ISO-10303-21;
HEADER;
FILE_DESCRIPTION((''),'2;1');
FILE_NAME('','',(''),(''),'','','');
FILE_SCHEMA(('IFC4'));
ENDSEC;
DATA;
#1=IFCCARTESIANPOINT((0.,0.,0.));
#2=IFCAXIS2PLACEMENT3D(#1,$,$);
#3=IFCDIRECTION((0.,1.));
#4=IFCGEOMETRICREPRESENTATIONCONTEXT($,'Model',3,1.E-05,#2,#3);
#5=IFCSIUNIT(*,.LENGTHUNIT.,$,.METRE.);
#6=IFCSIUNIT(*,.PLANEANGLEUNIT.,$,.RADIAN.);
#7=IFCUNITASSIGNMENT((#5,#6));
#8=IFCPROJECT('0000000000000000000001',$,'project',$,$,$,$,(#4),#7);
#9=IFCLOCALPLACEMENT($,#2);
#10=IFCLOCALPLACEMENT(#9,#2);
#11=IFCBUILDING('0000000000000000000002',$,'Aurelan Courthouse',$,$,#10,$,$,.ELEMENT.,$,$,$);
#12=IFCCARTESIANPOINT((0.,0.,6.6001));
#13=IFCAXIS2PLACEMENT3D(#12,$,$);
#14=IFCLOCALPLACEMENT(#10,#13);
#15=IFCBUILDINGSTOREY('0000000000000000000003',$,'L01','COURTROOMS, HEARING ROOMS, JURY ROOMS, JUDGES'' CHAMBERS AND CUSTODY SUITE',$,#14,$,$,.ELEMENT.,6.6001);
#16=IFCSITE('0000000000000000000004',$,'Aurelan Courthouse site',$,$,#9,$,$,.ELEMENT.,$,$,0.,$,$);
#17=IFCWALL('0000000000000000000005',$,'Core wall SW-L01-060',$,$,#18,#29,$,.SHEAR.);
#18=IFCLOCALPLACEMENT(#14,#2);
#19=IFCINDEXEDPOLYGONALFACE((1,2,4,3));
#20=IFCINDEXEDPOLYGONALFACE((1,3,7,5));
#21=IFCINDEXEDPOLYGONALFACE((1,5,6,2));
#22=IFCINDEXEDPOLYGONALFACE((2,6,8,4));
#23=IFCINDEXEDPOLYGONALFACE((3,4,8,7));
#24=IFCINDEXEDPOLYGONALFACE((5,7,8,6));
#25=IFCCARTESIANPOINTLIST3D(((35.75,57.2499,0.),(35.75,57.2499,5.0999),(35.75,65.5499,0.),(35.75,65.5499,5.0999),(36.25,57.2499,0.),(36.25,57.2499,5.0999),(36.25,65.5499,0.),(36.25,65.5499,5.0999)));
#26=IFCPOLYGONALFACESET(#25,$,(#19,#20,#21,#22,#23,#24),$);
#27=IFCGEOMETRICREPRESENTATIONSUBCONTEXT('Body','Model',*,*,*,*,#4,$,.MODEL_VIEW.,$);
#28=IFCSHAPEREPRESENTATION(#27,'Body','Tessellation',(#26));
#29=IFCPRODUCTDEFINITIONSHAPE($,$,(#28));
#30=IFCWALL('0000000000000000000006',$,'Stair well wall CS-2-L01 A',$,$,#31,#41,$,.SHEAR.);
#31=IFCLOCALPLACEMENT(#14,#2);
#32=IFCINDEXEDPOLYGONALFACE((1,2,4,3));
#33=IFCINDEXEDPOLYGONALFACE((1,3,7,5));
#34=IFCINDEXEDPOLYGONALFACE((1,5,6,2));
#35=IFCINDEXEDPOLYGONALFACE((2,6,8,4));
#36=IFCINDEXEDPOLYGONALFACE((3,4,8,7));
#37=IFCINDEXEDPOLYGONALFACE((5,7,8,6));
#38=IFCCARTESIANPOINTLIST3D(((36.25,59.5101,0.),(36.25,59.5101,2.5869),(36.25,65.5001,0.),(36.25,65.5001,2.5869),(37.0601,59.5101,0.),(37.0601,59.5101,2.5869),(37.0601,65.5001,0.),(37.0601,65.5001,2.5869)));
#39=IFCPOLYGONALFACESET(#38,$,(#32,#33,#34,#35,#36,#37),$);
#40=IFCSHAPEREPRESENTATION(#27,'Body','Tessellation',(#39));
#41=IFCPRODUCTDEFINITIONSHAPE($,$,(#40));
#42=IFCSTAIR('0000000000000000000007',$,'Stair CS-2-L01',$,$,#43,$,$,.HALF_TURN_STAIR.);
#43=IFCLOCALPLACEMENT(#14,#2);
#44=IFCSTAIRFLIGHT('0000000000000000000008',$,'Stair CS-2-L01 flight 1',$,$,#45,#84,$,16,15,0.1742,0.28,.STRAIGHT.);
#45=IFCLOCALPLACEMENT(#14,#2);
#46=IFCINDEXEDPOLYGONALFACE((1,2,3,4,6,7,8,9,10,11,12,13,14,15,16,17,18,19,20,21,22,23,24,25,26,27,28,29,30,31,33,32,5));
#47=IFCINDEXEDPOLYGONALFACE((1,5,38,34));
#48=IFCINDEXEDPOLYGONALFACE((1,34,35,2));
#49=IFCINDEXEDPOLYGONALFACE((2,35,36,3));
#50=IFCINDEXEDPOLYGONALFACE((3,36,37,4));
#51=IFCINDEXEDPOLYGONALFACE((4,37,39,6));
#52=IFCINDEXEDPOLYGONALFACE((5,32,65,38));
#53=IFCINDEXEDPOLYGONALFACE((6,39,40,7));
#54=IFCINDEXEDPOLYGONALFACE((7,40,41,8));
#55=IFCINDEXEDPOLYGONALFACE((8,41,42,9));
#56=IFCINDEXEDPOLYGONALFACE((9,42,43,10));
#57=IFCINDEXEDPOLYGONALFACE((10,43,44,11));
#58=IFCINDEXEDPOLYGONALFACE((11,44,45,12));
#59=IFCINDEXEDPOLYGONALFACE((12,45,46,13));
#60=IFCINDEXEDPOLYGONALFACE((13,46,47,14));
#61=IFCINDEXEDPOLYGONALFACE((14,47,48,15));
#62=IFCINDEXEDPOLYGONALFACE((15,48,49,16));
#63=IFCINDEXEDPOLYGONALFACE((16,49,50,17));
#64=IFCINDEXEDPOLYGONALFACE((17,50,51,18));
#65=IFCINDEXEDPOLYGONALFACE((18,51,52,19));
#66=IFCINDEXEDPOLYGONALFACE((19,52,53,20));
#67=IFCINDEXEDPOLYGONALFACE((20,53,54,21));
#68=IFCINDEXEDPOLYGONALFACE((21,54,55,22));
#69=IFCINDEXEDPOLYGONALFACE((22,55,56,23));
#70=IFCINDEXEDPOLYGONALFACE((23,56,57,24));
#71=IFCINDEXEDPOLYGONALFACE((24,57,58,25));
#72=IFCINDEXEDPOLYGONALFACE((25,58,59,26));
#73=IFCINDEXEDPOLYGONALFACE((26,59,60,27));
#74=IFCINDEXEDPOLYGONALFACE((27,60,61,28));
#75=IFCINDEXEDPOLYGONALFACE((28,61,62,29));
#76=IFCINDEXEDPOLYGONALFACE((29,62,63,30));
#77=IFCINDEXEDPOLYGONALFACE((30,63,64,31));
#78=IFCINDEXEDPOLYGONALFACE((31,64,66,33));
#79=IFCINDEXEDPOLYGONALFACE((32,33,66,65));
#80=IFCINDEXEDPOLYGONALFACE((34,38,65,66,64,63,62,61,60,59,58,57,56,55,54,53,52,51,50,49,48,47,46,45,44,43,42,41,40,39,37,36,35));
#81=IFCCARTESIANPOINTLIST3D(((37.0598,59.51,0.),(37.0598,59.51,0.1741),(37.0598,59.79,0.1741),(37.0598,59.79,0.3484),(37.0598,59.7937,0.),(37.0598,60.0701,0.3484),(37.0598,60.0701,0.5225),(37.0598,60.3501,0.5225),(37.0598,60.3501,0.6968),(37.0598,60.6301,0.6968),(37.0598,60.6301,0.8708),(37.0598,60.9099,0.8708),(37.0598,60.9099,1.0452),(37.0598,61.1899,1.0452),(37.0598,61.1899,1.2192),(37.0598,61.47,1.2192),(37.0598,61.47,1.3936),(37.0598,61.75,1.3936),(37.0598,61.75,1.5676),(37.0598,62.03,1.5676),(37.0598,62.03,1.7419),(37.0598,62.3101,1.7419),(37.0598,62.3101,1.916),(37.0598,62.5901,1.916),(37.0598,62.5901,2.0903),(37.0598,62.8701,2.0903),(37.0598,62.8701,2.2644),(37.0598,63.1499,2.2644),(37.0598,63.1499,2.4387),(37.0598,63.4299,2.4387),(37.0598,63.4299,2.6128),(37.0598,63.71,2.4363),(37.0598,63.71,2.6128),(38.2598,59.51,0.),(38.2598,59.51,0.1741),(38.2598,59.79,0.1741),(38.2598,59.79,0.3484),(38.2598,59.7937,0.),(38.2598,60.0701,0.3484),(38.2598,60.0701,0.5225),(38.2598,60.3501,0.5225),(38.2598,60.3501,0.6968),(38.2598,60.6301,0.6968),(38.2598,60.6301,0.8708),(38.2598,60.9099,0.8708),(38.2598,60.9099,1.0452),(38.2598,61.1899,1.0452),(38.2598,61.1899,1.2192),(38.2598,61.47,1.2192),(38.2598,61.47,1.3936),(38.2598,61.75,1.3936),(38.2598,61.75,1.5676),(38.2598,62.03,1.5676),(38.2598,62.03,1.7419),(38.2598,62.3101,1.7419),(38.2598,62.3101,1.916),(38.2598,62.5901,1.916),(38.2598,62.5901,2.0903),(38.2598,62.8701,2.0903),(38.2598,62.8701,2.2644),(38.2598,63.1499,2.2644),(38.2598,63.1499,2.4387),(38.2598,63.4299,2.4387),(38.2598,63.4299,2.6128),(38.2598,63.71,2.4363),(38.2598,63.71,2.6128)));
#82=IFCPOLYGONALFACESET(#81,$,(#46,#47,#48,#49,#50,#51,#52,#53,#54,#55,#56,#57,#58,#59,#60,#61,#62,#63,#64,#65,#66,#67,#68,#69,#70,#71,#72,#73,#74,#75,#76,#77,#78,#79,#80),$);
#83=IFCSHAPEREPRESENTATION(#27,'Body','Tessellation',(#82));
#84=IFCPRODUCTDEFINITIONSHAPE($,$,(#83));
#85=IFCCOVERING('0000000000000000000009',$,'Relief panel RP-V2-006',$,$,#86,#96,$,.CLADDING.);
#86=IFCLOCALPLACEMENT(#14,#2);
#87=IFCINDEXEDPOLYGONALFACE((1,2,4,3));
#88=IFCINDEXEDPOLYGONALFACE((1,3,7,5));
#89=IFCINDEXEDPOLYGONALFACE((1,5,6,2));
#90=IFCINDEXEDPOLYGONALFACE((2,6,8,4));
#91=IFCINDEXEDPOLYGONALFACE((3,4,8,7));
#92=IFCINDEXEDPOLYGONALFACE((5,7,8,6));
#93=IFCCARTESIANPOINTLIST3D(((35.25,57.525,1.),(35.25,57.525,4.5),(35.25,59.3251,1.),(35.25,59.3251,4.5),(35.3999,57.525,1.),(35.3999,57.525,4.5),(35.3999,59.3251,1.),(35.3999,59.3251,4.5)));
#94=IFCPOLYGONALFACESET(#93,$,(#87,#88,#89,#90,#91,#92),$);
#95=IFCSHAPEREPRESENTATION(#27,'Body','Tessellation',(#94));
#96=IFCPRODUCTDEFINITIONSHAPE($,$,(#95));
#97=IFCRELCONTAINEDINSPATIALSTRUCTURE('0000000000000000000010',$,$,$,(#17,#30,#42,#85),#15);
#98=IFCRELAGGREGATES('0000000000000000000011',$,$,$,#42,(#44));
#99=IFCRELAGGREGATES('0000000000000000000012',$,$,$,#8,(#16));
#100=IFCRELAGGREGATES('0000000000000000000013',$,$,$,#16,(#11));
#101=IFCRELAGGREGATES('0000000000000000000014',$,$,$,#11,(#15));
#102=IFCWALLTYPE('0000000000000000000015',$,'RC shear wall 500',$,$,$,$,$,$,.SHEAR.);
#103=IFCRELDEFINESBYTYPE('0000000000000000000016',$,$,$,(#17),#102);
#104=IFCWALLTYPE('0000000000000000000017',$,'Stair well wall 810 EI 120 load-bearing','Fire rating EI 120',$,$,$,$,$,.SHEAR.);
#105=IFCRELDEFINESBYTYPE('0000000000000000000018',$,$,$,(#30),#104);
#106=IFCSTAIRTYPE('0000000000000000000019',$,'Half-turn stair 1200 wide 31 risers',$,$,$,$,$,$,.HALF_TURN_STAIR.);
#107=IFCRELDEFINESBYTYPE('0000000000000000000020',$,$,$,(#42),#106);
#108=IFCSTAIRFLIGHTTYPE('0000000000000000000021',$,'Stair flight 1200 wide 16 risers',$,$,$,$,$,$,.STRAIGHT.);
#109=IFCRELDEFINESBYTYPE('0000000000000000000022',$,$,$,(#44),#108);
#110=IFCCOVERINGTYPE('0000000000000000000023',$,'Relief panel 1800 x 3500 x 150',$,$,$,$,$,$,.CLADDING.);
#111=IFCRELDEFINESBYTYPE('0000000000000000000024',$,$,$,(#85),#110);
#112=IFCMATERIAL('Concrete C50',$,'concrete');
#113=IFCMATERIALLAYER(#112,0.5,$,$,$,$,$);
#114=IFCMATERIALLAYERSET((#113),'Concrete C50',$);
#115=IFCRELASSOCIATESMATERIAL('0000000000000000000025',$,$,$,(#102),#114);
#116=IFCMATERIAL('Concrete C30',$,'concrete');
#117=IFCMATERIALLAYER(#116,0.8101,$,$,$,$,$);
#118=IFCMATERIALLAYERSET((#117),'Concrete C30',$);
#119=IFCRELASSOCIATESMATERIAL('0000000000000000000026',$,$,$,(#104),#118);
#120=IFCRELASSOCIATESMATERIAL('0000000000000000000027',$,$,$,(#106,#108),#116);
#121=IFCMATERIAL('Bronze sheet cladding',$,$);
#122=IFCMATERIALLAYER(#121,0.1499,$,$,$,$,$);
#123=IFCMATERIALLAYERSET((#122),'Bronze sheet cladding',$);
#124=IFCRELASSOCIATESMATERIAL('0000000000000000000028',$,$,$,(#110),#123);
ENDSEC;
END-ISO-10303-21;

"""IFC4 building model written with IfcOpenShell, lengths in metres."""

from ifc_helpers import new_model, si_unit, direction, frame, frame_2d, origin, origin_2d, place, context, subcontext, project, spatial, polyline, rectangle, outline, extrude, material, layer, layer_set, type_object, element, aggregate, save


model = new_model("IFC4")

# Units and contexts
model_context = context("Model", 3, precision=1e-05, world=origin(), true_north=direction((0.0, 1.0)))
body_context = subcontext(model_context, "Body", "Model", "MODEL_VIEW")
ifc_project = project(units=[si_unit("LENGTHUNIT", "METRE"), si_unit("PLANEANGLEUNIT", "RADIAN")], contexts=[model_context])

# Site, building, storey
site_placement = place(None, origin())
site = spatial("IfcSite", under=ifc_project, at=site_placement, Name="Aurelan Courthouse site", CompositionType="ELEMENT", RefElevation=0.0)
building_placement = place(site_placement, origin())
building = spatial("IfcBuilding", under=site, at=building_placement, Name="Aurelan Courthouse", CompositionType="ELEMENT")
storey_placement = place(building_placement, frame((0.0, 0.0, 6.6001)))
storey = spatial("IfcBuildingStorey", under=building, at=storey_placement, Name="L01", Description="COURTROOMS, HEARING ROOMS, JURY ROOMS, JUDGES' CHAMBERS AND CUSTODY SUITE", CompositionType="ELEMENT", Elevation=6.6001)

# Shared definitions
ifc_material_1 = material(Name="Concrete C50", Category="concrete")

# Shared definitions
ifc_material_2 = material(Name="Concrete C30", Category="concrete")

# Shared definitions
ifc_layer_1 = layer(ifc_material_1, 0.5)
ifc_layer_set_1 = layer_set([ifc_layer_1], Name="Concrete C50")
wall_type_1 = type_object("IfcWallType", Name="RC shear wall 500", PredefinedType="SHEAR", material=ifc_layer_set_1)

# Walls
wall_1_placement = place(storey_placement, frame((36.0, 57.25, 0.0), z_axis=(0.0, 0.0, 1.0), x_axis=(0.0, 1.0, 0.0)))
element("IfcWall", 1, at=wall_1_placement, inside=storey, type_object=wall_type_1, Name="Core wall SW-L01-060", PredefinedType="SHEAR", context=body_context, shape_type="SweptSolid", body=[
    extrude(rectangle(XDim=8.3, YDim=0.5, at=frame_2d((4.1499, 0.0))), origin(), (0.0, 0.0, 1.0), 5.0999),
])
ifc_layer_2 = layer(ifc_material_2, 0.8101)
ifc_layer_set_2 = layer_set([ifc_layer_2], Name="Concrete C30")
wall_type_2 = type_object("IfcWallType", Name="Stair well wall 810 EI 120 load-bearing", Description="Fire rating EI 120", PredefinedType="SHEAR", material=ifc_layer_set_2)
wall_2_placement = place(storey_placement, frame((36.655, 59.51, 0.0), z_axis=(0.0, 0.0, 1.0), x_axis=(0.0, 1.0, 0.0)))
element("IfcWall", 2, at=wall_2_placement, inside=storey, type_object=wall_type_2, Name="Stair well wall CS-2-L01 A", PredefinedType="SHEAR", context=body_context, shape_type="SweptSolid", body=[
    extrude(rectangle(XDim=5.99, YDim=0.8101, at=frame_2d((2.9951, 0.0))), origin(), (0.0, 0.0, 1.0), 2.5869),
])

# Stair, stair flight
stair_type = type_object("IfcStairType", Name="Half-turn stair 1200 wide 31 risers", PredefinedType="HALF_TURN_STAIR", material=ifc_material_2)
stair_placement = place(storey_placement, origin())
stair = element("IfcStair", 3, at=stair_placement, inside=storey, type_object=stair_type, Name="Stair CS-2-L01", PredefinedType="HALF_TURN_STAIR")
stair_flight_type = type_object("IfcStairFlightType", Name="Stair flight 1200 wide 16 risers", PredefinedType="STRAIGHT", material=ifc_material_2)
stair_flight_placement = place(storey_placement, frame((37.6599, 59.51, 0.0), z_axis=(0.0, 0.0, 1.0), x_axis=(0.0, 1.0, 0.0)))
stair_flight = element("IfcStairFlight", 4, at=stair_flight_placement, type_object=stair_flight_type, Name="Stair CS-2-L01 flight 1", NumberOfRisers=16, NumberOfTreads=15, PredefinedType="STRAIGHT", RiserHeight=0.1742, TreadLength=0.28, context=body_context, shape_type="SweptSolid", body=[
    extrude(outline(polyline([(0.0, 0.0), (0.0, 0.1741), (0.28, 0.1741), (0.28, 0.3484), (0.5601, 0.3484), (0.5601, 0.5225), (0.8401, 0.5225), (0.8401, 0.6968), (1.1201, 0.6968), (1.1201, 0.8708), (1.3999, 0.8708), (1.3999, 1.0452), (1.6799, 1.0452), (1.6799, 1.2192), (1.96, 1.2192), (1.96, 1.3936), (2.24, 1.3936), (2.24, 1.5676), (2.52, 1.5676), (2.52, 1.7419), (2.8, 1.7419), (2.8, 1.916), (3.0801, 1.916), (3.0801, 2.0903), (3.3601, 2.0903), (3.3601, 2.2644), (3.6399, 2.2644), (3.6399, 2.4387), (3.9199, 2.4387), (3.9199, 2.6128), (4.2, 2.6128), (4.2, 2.7871), (4.2, 2.4363), (0.2837, 0.0), (0.0, 0.0)])), frame((0.0, 0.6001, 0.0), z_axis=(0.0, -1.0, 0.0), x_axis=(1.0, 0.0, 0.0)), (0.0, 0.0, 1.0), 1.2),
])
aggregate(stair, [stair_flight])

# Covering
ifc_material_3 = material(Name="Bronze sheet cladding")
ifc_layer_3 = layer(ifc_material_3, 0.1499)
ifc_layer_set_3 = layer_set([ifc_layer_3], Name="Bronze sheet cladding")
covering_type = type_object("IfcCoveringType", Name="Relief panel 1800 x 3500 x 150", PredefinedType="CLADDING", material=ifc_layer_set_3)
covering_placement = place(storey_placement, frame((35.325, 58.425, 1.0), z_axis=(0.0, 0.0, 1.0), x_axis=(1.0, 0.0, 0.0)))
element("IfcCovering", 5, at=covering_placement, inside=storey, type_object=covering_type, Name="Relief panel RP-V2-006", PredefinedType="CLADDING", context=body_context, shape_type="SweptSolid", body=[
    extrude(rectangle(XDim=0.1499, YDim=1.8, at=origin_2d()), origin(), (0.0, 0.0, 1.0), 3.5),
])

save(model, "model.ifc")
